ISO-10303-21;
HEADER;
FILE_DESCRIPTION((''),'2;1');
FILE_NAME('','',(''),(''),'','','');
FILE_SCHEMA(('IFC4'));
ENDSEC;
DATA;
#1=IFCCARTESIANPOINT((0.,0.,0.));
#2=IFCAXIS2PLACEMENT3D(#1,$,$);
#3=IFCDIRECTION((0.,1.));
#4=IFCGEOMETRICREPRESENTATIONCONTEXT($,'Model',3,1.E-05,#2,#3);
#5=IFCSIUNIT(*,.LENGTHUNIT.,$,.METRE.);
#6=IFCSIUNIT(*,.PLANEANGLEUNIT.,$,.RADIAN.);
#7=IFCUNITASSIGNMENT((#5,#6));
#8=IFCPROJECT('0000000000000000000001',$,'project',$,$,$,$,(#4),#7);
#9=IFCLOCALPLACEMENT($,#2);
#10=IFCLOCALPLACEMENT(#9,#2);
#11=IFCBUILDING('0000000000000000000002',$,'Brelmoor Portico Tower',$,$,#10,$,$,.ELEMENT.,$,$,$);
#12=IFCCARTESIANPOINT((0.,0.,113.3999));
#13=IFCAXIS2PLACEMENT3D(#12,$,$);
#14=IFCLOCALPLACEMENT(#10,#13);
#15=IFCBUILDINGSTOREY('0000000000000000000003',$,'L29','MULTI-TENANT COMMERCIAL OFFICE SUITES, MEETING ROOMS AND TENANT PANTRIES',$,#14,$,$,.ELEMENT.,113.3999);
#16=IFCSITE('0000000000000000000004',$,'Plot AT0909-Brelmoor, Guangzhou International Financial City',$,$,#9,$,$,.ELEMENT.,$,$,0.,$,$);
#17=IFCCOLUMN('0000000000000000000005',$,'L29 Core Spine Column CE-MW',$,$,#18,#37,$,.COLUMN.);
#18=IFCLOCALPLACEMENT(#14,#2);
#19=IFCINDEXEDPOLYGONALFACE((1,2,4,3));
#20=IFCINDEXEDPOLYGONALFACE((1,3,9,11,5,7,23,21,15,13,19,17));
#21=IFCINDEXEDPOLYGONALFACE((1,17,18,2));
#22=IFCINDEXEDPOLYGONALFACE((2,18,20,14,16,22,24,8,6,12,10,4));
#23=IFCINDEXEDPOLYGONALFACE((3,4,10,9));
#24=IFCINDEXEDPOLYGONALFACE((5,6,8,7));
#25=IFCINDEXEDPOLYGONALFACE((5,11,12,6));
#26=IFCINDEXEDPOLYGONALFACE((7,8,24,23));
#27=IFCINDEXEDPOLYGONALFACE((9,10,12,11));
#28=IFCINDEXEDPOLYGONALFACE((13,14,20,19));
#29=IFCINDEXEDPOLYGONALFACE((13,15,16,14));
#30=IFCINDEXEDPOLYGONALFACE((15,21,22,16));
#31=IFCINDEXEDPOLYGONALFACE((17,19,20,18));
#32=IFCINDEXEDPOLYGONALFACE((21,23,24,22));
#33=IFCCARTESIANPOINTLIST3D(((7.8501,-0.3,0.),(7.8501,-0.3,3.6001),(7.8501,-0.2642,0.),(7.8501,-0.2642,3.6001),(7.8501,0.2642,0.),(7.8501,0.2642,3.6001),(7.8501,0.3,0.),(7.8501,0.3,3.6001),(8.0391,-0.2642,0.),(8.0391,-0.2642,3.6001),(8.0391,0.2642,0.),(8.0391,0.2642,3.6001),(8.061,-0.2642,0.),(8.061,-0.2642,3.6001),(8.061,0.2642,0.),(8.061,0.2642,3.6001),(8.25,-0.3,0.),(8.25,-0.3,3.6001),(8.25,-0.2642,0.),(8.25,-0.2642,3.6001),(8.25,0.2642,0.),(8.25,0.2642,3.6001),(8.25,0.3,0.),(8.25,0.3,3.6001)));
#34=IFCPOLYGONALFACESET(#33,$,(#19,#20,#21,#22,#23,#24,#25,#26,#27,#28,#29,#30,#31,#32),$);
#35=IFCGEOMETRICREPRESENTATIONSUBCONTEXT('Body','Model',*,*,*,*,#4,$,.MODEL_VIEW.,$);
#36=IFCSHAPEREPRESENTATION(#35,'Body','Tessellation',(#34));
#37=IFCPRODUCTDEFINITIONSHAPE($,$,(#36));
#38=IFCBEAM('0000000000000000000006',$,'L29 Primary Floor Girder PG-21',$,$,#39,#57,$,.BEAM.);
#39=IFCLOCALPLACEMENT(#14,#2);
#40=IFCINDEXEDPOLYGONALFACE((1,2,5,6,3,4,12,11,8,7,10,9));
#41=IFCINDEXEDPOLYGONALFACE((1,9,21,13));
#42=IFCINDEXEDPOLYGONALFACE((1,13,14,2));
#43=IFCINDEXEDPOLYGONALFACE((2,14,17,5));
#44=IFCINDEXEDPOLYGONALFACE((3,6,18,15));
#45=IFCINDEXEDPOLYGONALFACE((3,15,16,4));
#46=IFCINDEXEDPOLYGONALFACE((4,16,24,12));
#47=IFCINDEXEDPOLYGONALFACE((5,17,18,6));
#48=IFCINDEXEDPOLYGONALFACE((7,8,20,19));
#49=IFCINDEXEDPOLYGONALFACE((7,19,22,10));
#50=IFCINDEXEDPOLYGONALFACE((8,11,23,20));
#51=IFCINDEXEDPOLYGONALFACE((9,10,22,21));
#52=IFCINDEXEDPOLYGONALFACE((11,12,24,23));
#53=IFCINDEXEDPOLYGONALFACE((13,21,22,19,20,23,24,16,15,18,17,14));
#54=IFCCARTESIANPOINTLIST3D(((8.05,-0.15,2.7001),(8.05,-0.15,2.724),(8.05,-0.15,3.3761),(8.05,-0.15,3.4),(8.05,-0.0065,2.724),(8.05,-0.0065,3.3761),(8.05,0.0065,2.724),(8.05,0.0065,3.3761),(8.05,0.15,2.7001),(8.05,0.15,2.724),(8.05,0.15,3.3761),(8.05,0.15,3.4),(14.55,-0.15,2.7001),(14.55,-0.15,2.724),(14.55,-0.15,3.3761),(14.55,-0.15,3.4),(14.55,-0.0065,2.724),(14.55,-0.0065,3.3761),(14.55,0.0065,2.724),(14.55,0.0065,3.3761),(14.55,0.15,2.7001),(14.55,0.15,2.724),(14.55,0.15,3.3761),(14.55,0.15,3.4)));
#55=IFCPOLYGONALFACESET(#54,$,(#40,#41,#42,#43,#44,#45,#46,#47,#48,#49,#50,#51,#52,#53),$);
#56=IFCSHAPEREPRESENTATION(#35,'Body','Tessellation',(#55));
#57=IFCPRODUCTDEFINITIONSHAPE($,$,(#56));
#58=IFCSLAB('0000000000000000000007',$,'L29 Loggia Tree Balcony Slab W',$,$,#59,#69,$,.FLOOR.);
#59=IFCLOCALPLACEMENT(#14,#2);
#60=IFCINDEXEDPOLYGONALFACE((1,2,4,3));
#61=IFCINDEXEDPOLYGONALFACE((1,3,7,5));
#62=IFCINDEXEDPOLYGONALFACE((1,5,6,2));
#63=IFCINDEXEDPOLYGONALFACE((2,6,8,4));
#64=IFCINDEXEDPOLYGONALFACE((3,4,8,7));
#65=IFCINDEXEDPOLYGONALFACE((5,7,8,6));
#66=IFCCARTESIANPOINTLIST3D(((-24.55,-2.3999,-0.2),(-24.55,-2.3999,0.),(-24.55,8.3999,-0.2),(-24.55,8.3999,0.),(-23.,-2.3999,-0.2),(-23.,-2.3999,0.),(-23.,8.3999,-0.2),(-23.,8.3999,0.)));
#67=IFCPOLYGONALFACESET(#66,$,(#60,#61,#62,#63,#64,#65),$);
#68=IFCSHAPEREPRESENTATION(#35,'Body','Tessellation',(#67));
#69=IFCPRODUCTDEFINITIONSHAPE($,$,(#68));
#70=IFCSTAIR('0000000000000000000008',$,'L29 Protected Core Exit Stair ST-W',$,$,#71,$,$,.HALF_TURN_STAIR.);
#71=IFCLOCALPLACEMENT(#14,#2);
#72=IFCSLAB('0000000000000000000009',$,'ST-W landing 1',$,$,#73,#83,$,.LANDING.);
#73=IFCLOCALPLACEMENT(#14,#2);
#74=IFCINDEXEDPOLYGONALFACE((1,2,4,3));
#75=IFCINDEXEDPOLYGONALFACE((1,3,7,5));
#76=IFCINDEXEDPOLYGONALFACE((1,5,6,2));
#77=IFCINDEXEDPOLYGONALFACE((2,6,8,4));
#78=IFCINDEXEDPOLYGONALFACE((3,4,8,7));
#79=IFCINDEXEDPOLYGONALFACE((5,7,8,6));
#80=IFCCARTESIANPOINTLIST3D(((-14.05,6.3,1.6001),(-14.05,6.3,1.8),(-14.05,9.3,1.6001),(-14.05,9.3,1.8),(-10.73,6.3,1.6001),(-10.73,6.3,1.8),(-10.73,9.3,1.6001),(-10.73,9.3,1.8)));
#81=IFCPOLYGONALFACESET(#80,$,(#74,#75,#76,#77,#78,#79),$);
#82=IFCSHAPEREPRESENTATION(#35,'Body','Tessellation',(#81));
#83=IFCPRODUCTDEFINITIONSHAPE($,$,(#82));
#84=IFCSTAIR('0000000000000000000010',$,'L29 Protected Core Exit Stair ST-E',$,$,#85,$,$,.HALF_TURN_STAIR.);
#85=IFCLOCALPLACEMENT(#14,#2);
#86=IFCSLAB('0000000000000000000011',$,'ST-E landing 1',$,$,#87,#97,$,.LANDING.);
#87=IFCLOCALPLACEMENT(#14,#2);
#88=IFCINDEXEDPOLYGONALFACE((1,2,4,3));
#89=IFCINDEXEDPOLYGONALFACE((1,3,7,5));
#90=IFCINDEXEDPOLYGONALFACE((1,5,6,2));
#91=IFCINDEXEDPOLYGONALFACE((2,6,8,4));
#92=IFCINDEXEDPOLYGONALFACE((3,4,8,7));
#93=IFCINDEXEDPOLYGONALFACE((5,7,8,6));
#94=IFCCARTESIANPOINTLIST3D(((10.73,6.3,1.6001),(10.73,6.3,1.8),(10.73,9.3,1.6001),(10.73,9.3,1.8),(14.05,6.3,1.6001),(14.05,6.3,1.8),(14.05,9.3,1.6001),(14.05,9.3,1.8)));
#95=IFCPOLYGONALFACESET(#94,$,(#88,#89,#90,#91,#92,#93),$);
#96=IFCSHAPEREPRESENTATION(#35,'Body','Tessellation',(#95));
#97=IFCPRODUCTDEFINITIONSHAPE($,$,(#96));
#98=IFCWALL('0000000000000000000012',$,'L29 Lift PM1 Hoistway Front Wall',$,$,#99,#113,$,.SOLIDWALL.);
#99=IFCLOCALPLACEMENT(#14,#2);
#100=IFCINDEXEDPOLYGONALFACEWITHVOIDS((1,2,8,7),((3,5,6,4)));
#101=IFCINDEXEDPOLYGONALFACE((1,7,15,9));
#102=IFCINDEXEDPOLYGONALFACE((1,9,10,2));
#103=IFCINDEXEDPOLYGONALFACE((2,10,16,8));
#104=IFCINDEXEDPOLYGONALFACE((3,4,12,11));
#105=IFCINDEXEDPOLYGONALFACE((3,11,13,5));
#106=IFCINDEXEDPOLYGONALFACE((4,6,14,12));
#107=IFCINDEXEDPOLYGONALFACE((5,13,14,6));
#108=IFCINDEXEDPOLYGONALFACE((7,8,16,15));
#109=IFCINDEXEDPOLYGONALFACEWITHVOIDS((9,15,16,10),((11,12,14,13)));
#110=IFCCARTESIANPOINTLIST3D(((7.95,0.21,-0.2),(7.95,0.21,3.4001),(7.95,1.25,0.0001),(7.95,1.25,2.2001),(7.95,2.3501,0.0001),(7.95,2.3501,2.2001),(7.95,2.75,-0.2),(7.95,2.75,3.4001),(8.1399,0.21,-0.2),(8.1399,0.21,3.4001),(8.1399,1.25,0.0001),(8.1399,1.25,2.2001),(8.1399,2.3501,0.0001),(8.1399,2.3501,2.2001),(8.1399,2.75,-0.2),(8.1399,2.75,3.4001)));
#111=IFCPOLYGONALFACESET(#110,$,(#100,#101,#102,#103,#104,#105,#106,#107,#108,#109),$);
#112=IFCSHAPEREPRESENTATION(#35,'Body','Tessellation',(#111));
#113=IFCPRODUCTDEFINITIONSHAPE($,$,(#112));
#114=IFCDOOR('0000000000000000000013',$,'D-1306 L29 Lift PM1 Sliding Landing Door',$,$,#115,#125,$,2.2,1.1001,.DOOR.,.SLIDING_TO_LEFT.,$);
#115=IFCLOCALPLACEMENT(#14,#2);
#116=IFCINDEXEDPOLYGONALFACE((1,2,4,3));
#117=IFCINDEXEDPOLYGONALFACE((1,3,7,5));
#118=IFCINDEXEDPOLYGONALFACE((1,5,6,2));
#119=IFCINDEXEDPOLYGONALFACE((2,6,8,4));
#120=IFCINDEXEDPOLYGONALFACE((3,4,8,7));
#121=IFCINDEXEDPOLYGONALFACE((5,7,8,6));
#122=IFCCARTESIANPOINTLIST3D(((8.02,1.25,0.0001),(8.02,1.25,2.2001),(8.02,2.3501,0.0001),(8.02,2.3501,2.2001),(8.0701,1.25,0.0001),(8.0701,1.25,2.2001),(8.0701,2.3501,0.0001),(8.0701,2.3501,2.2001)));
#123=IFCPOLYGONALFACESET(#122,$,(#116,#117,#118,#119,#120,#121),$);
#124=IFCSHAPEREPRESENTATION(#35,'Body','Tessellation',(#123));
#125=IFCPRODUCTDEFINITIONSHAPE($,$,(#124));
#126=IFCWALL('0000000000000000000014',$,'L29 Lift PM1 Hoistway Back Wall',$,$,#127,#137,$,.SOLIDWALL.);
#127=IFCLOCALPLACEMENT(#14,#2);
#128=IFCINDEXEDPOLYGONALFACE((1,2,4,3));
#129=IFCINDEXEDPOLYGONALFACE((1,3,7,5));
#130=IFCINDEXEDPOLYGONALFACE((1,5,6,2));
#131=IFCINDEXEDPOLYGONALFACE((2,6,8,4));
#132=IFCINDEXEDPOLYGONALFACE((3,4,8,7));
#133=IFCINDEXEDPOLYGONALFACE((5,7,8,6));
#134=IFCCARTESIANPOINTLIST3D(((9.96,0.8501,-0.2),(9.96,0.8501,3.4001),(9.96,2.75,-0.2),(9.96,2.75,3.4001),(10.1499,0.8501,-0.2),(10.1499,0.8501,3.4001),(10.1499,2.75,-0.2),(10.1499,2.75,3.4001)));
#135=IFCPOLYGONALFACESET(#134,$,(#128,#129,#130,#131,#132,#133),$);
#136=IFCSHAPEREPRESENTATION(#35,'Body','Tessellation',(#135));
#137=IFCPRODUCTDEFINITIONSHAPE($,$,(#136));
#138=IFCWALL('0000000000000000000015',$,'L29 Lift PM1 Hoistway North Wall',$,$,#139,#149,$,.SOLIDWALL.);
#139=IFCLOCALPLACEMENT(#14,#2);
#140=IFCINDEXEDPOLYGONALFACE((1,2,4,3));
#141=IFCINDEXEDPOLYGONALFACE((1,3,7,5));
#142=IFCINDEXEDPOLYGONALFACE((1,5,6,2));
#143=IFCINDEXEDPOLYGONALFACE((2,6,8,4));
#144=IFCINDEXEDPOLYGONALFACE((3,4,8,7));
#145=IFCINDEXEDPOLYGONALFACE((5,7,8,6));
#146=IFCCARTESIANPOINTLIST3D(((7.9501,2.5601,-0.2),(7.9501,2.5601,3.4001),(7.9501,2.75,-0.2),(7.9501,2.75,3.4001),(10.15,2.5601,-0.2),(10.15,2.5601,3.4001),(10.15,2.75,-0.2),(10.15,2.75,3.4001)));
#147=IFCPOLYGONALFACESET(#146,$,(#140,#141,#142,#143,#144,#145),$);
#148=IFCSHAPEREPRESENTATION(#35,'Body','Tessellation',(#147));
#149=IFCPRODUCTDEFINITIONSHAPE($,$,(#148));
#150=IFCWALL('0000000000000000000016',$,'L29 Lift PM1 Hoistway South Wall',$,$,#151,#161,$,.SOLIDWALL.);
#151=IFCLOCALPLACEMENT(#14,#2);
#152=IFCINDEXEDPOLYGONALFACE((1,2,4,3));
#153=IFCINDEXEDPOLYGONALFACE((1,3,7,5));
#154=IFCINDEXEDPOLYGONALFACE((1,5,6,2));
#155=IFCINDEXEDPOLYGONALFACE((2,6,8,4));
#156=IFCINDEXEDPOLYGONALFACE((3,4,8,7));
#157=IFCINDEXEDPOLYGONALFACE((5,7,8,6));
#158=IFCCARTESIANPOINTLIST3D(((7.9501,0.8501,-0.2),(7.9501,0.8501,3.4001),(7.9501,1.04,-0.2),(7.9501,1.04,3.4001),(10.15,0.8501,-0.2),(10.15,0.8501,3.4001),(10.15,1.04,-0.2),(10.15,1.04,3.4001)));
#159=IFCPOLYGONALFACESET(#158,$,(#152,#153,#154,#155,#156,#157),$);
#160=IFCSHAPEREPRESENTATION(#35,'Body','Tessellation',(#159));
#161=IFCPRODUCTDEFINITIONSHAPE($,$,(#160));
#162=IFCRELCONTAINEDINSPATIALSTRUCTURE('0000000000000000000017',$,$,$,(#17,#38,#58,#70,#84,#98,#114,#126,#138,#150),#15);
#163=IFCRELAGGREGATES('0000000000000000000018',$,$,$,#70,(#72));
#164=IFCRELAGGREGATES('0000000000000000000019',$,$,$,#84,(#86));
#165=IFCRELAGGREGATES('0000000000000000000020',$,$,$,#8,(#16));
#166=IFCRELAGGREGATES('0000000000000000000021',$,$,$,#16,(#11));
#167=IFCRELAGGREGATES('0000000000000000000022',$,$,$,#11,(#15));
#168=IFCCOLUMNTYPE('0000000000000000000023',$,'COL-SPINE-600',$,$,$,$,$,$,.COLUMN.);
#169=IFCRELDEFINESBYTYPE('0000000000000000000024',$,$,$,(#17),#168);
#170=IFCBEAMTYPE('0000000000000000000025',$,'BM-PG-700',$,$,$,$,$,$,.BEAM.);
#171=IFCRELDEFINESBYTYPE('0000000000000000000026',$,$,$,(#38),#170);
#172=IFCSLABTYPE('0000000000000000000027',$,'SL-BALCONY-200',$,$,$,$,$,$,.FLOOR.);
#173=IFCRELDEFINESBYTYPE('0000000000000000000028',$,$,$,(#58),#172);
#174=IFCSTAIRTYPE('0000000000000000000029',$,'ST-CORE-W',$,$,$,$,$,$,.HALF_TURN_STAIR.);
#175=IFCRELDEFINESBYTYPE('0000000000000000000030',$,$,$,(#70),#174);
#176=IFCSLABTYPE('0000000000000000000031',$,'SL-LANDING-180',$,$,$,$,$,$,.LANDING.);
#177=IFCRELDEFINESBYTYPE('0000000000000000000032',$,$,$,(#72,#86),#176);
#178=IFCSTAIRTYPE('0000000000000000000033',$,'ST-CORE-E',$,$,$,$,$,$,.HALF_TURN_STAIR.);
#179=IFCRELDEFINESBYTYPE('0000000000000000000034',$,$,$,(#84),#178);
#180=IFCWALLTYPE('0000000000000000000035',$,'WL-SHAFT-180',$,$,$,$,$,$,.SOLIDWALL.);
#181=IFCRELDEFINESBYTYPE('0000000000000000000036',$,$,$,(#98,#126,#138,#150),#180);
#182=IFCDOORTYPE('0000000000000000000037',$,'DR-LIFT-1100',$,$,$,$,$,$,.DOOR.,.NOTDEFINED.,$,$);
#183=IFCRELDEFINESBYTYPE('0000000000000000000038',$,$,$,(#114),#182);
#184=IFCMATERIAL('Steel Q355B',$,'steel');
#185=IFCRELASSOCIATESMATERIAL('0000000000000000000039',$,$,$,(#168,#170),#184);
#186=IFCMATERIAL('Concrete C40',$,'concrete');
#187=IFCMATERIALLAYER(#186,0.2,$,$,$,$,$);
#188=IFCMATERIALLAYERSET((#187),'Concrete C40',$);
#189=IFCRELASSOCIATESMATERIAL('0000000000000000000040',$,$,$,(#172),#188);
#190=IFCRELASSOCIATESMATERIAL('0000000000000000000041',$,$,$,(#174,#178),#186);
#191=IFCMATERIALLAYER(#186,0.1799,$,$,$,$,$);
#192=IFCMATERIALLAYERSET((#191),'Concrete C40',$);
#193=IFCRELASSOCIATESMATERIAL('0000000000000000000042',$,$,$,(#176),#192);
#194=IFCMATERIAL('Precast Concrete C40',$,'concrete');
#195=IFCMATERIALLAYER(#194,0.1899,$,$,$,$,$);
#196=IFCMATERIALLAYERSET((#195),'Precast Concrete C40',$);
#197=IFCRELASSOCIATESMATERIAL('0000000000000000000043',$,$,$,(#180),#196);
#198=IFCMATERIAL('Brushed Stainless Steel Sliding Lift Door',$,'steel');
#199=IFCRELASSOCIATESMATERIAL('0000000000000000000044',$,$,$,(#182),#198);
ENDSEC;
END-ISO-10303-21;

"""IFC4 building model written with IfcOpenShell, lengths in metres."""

from ifc_helpers import new_model, si_unit, direction, frame, frame_2d, origin, origin_2d, place, context, subcontext, project, spatial, polyline, rectangle, i_section, outline, extrude, material, layer, layer_set, material_profile, profile_set, type_object, element, fill, aggregate, save


model = new_model("IFC4")

# Units and contexts
model_context = context("Model", 3, precision=1e-05, world=origin(), true_north=direction((0.0, 1.0)))
body_context = subcontext(model_context, "Body", "Model", "MODEL_VIEW")
ifc_project = project(units=[si_unit("LENGTHUNIT", "METRE"), si_unit("PLANEANGLEUNIT", "RADIAN")], contexts=[model_context])

# Site, building, storey
site_placement = place(None, origin())
site = spatial("IfcSite", under=ifc_project, at=site_placement, Name="Plot AT0909-Brelmoor, Guangzhou International Financial City", CompositionType="ELEMENT", RefElevation=0.0)
building_placement = place(site_placement, origin())
building = spatial("IfcBuilding", under=site, at=building_placement, Name="Brelmoor Portico Tower", CompositionType="ELEMENT")
storey_placement = place(building_placement, frame((0.0, 0.0, 113.3999)))
storey = spatial("IfcBuildingStorey", under=building, at=storey_placement, Name="L29", Description="MULTI-TENANT COMMERCIAL OFFICE SUITES, MEETING ROOMS AND TENANT PANTRIES", CompositionType="ELEMENT", Elevation=113.3999)

# Column
ifc_material_1 = material(Name="Steel Q355B", Category="steel")
ifc_material_profile_1 = material_profile(ifc_material_1, i_section(OverallWidth=0.3999, OverallDepth=0.6001, WebThickness=0.022, FlangeThickness=0.0359, at=origin_2d()), Name="HW 600x400x22x36")
ifc_profile_set_1 = profile_set([ifc_material_profile_1], Name="Steel Q355B")
column_type = type_object("IfcColumnType", Name="COL-SPINE-600", PredefinedType="COLUMN", material=ifc_profile_set_1)
column_placement = place(storey_placement, frame((8.05, 0.0, 0.0), z_axis=(0.0, 0.0, 1.0), x_axis=(1.0, 0.0, 0.0)))
element("IfcColumn", 1, at=column_placement, inside=storey, type_object=column_type, Name="L29 Core Spine Column CE-MW", PredefinedType="COLUMN", context=body_context, shape_type="SweptSolid", body=[
    extrude(i_section(OverallWidth=0.3999, OverallDepth=0.6001, WebThickness=0.022, FlangeThickness=0.0359, at=origin_2d()), origin(), (0.0, 0.0, 1.0), 3.6001),
])

# Beam
ifc_material_profile_2 = material_profile(ifc_material_1, i_section(OverallWidth=0.3, OverallDepth=0.7, WebThickness=0.0129, FlangeThickness=0.0239, at=origin_2d()), Name="HN 700x300x13x24")
ifc_profile_set_2 = profile_set([ifc_material_profile_2], Name="Steel Q355B")
beam_type = type_object("IfcBeamType", Name="BM-PG-700", PredefinedType="BEAM", material=ifc_profile_set_2)
beam_placement = place(storey_placement, frame((8.05, 0.0, 3.05), z_axis=(1.0, 0.0, 0.0), x_axis=(0.0, 1.0, 0.0)))
element("IfcBeam", 2, at=beam_placement, inside=storey, type_object=beam_type, Name="L29 Primary Floor Girder PG-21", PredefinedType="BEAM", context=body_context, shape_type="SweptSolid", body=[
    extrude(i_section(OverallWidth=0.3, OverallDepth=0.7, WebThickness=0.0129, FlangeThickness=0.0239, at=origin_2d()), origin(), (0.0, 0.0, 1.0), 6.5),
])

# Slab
ifc_material_2 = material(Name="Concrete C40", Category="concrete")
ifc_layer_1 = layer(ifc_material_2, 0.2)
ifc_layer_set_1 = layer_set([ifc_layer_1], Name="Concrete C40")
slab_type_1 = type_object("IfcSlabType", Name="SL-BALCONY-200", PredefinedType="FLOOR", material=ifc_layer_set_1)
slab_1_placement = place(storey_placement, frame((0.0, 0.0, -0.2)))
element("IfcSlab", 3, at=slab_1_placement, inside=storey, type_object=slab_type_1, Name="L29 Loggia Tree Balcony Slab W", PredefinedType="FLOOR", context=body_context, shape_type="SweptSolid", body=[
    extrude(outline(polyline([(-24.55, -2.3999), (-23.0, -2.3999), (-23.0, 8.3999), (-24.55, 8.3999), (-24.55, -2.3999)])), origin(), (0.0, 0.0, 1.0), 0.2),
])

# Stairs, slabs
stair_type_1 = type_object("IfcStairType", Name="ST-CORE-W", PredefinedType="HALF_TURN_STAIR", material=ifc_material_2)
stair_1_placement = place(storey_placement, origin())
stair_1 = element("IfcStair", 4, at=stair_1_placement, inside=storey, type_object=stair_type_1, Name="L29 Protected Core Exit Stair ST-W", PredefinedType="HALF_TURN_STAIR")
ifc_layer_2 = layer(ifc_material_2, 0.1799)
ifc_layer_set_2 = layer_set([ifc_layer_2], Name="Concrete C40")
slab_type_2 = type_object("IfcSlabType", Name="SL-LANDING-180", PredefinedType="LANDING", material=ifc_layer_set_2)
slab_2_placement = place(storey_placement, frame((0.0, 0.0, 1.6001)))
slab_2 = element("IfcSlab", 5, at=slab_2_placement, type_object=slab_type_2, Name="ST-W landing 1", PredefinedType="LANDING", context=body_context, shape_type="SweptSolid", body=[
    extrude(outline(polyline([(-10.73, 6.3), (-10.73, 9.3), (-14.05, 9.3), (-14.05, 6.3), (-10.73, 6.3)])), origin(), (0.0, 0.0, 1.0), 0.2),
])
aggregate(stair_1, [slab_2])
stair_type_2 = type_object("IfcStairType", Name="ST-CORE-E", PredefinedType="HALF_TURN_STAIR", material=ifc_material_2)
stair_2_placement = place(storey_placement, origin())
stair_2 = element("IfcStair", 6, at=stair_2_placement, inside=storey, type_object=stair_type_2, Name="L29 Protected Core Exit Stair ST-E", PredefinedType="HALF_TURN_STAIR")
slab_3_placement = place(storey_placement, frame((0.0, 0.0, 1.6001)))
slab_3 = element("IfcSlab", 7, at=slab_3_placement, type_object=slab_type_2, Name="ST-E landing 1", PredefinedType="LANDING", context=body_context, shape_type="SweptSolid", body=[
    extrude(outline(polyline([(14.05, 6.3), (14.05, 9.3), (10.73, 9.3), (10.73, 6.3), (14.05, 6.3)])), origin(), (0.0, 0.0, 1.0), 0.2),
])

# Wall, opening, door
ifc_material_3 = material(Name="Precast Concrete C40", Category="concrete")
ifc_layer_3 = layer(ifc_material_3, 0.1899)
ifc_layer_set_3 = layer_set([ifc_layer_3], Name="Precast Concrete C40")
wall_type_1 = type_object("IfcWallType", Name="WL-SHAFT-180", PredefinedType="SOLIDWALL", material=ifc_layer_set_3)
wall_1_placement = place(storey_placement, frame((8.0449, 0.21, -0.2), z_axis=(0.0, 0.0, 1.0), x_axis=(0.0, 1.0, 0.0)))
wall_1 = element("IfcWall", 8, at=wall_1_placement, inside=storey, type_object=wall_type_1, Name="L29 Lift PM1 Hoistway Front Wall", PredefinedType="SOLIDWALL", context=body_context, shape_type="SweptSolid", body=[
    extrude(rectangle(XDim=2.54, YDim=0.1899, at=frame_2d((1.27, 0.0))), origin(), (0.0, 0.0, 1.0), 3.6001),
])
opening_1_placement = place(wall_1_placement, frame((1.04, 0.0, 0.2)))
opening_1 = element("IfcOpeningElement", 9, at=opening_1_placement, cuts=wall_1, PredefinedType="OPENING", context=body_context, shape_type="SweptSolid", body=[
    extrude(rectangle(XDim=1.1001, YDim=2.2, at=frame_2d((0.55, 1.1001))), frame((0.0, 0.105, 0.0), z_axis=(0.0, -1.0, 0.0), x_axis=(1.0, 0.0, 0.0)), (0.0, 0.0, 1.0), 0.21),
])
ifc_material_4 = material(Name="Brushed Stainless Steel Sliding Lift Door", Category="steel")
door_type_1 = type_object("IfcDoorType", Name="DR-LIFT-1100", OperationType="NOTDEFINED", PredefinedType="DOOR", material=ifc_material_4)
door_1_placement = place(opening_1_placement, origin())
door_1 = element("IfcDoor", 10, at=door_1_placement, inside=storey, type_object=door_type_1, Name="D-1306 L29 Lift PM1 Sliding Landing Door", OperationType="SLIDING_TO_LEFT", OverallHeight=2.2, OverallWidth=1.1001, PredefinedType="DOOR", context=body_context, shape_type="SweptSolid", body=[
    extrude(rectangle(XDim=1.1001, YDim=2.2, at=frame_2d((0.55, 1.1001))), frame((0.0, 0.0249, 0.0), z_axis=(0.0, -1.0, 0.0), x_axis=(1.0, 0.0, 0.0)), (0.0, 0.0, 1.0), 0.05),
])
fill(opening_1, door_1)

# Walls
wall_2_placement = place(storey_placement, frame((10.0549, 0.8501, -0.2), z_axis=(0.0, 0.0, 1.0), x_axis=(0.0, 1.0, 0.0)))
element("IfcWall", 11, at=wall_2_placement, inside=storey, type_object=wall_type_1, Name="L29 Lift PM1 Hoistway Back Wall", PredefinedType="SOLIDWALL", context=body_context, shape_type="SweptSolid", body=[
    extrude(rectangle(XDim=1.8999, YDim=0.1899, at=frame_2d((0.95, 0.0))), origin(), (0.0, 0.0, 1.0), 3.6001),
])
for number, where, z_axis, x_axis, name in (
    (12, (7.95, 2.655, -0.2), (0.0, 0.0, 1.0), (1.0, 0.0, 0.0), "L29 Lift PM1 Hoistway North Wall"),
    (13, (7.95, 0.9451, -0.2), (0.0, 0.0, 1.0), (1.0, 0.0, 0.0), "L29 Lift PM1 Hoistway South Wall"),
):
    element("IfcWall", number, at=place(storey_placement, frame(where, z_axis=z_axis, x_axis=x_axis)), inside=storey, type_object=wall_type_1, Name=name, PredefinedType="SOLIDWALL", context=body_context, shape_type="SweptSolid", body=[
        extrude(rectangle(XDim=2.2, YDim=0.1899, at=frame_2d((1.1001, 0.0))), origin(), (0.0, 0.0, 1.0), 3.6001),
    ])

aggregate(stair_2, [slab_3])

save(model, "model.ifc")
